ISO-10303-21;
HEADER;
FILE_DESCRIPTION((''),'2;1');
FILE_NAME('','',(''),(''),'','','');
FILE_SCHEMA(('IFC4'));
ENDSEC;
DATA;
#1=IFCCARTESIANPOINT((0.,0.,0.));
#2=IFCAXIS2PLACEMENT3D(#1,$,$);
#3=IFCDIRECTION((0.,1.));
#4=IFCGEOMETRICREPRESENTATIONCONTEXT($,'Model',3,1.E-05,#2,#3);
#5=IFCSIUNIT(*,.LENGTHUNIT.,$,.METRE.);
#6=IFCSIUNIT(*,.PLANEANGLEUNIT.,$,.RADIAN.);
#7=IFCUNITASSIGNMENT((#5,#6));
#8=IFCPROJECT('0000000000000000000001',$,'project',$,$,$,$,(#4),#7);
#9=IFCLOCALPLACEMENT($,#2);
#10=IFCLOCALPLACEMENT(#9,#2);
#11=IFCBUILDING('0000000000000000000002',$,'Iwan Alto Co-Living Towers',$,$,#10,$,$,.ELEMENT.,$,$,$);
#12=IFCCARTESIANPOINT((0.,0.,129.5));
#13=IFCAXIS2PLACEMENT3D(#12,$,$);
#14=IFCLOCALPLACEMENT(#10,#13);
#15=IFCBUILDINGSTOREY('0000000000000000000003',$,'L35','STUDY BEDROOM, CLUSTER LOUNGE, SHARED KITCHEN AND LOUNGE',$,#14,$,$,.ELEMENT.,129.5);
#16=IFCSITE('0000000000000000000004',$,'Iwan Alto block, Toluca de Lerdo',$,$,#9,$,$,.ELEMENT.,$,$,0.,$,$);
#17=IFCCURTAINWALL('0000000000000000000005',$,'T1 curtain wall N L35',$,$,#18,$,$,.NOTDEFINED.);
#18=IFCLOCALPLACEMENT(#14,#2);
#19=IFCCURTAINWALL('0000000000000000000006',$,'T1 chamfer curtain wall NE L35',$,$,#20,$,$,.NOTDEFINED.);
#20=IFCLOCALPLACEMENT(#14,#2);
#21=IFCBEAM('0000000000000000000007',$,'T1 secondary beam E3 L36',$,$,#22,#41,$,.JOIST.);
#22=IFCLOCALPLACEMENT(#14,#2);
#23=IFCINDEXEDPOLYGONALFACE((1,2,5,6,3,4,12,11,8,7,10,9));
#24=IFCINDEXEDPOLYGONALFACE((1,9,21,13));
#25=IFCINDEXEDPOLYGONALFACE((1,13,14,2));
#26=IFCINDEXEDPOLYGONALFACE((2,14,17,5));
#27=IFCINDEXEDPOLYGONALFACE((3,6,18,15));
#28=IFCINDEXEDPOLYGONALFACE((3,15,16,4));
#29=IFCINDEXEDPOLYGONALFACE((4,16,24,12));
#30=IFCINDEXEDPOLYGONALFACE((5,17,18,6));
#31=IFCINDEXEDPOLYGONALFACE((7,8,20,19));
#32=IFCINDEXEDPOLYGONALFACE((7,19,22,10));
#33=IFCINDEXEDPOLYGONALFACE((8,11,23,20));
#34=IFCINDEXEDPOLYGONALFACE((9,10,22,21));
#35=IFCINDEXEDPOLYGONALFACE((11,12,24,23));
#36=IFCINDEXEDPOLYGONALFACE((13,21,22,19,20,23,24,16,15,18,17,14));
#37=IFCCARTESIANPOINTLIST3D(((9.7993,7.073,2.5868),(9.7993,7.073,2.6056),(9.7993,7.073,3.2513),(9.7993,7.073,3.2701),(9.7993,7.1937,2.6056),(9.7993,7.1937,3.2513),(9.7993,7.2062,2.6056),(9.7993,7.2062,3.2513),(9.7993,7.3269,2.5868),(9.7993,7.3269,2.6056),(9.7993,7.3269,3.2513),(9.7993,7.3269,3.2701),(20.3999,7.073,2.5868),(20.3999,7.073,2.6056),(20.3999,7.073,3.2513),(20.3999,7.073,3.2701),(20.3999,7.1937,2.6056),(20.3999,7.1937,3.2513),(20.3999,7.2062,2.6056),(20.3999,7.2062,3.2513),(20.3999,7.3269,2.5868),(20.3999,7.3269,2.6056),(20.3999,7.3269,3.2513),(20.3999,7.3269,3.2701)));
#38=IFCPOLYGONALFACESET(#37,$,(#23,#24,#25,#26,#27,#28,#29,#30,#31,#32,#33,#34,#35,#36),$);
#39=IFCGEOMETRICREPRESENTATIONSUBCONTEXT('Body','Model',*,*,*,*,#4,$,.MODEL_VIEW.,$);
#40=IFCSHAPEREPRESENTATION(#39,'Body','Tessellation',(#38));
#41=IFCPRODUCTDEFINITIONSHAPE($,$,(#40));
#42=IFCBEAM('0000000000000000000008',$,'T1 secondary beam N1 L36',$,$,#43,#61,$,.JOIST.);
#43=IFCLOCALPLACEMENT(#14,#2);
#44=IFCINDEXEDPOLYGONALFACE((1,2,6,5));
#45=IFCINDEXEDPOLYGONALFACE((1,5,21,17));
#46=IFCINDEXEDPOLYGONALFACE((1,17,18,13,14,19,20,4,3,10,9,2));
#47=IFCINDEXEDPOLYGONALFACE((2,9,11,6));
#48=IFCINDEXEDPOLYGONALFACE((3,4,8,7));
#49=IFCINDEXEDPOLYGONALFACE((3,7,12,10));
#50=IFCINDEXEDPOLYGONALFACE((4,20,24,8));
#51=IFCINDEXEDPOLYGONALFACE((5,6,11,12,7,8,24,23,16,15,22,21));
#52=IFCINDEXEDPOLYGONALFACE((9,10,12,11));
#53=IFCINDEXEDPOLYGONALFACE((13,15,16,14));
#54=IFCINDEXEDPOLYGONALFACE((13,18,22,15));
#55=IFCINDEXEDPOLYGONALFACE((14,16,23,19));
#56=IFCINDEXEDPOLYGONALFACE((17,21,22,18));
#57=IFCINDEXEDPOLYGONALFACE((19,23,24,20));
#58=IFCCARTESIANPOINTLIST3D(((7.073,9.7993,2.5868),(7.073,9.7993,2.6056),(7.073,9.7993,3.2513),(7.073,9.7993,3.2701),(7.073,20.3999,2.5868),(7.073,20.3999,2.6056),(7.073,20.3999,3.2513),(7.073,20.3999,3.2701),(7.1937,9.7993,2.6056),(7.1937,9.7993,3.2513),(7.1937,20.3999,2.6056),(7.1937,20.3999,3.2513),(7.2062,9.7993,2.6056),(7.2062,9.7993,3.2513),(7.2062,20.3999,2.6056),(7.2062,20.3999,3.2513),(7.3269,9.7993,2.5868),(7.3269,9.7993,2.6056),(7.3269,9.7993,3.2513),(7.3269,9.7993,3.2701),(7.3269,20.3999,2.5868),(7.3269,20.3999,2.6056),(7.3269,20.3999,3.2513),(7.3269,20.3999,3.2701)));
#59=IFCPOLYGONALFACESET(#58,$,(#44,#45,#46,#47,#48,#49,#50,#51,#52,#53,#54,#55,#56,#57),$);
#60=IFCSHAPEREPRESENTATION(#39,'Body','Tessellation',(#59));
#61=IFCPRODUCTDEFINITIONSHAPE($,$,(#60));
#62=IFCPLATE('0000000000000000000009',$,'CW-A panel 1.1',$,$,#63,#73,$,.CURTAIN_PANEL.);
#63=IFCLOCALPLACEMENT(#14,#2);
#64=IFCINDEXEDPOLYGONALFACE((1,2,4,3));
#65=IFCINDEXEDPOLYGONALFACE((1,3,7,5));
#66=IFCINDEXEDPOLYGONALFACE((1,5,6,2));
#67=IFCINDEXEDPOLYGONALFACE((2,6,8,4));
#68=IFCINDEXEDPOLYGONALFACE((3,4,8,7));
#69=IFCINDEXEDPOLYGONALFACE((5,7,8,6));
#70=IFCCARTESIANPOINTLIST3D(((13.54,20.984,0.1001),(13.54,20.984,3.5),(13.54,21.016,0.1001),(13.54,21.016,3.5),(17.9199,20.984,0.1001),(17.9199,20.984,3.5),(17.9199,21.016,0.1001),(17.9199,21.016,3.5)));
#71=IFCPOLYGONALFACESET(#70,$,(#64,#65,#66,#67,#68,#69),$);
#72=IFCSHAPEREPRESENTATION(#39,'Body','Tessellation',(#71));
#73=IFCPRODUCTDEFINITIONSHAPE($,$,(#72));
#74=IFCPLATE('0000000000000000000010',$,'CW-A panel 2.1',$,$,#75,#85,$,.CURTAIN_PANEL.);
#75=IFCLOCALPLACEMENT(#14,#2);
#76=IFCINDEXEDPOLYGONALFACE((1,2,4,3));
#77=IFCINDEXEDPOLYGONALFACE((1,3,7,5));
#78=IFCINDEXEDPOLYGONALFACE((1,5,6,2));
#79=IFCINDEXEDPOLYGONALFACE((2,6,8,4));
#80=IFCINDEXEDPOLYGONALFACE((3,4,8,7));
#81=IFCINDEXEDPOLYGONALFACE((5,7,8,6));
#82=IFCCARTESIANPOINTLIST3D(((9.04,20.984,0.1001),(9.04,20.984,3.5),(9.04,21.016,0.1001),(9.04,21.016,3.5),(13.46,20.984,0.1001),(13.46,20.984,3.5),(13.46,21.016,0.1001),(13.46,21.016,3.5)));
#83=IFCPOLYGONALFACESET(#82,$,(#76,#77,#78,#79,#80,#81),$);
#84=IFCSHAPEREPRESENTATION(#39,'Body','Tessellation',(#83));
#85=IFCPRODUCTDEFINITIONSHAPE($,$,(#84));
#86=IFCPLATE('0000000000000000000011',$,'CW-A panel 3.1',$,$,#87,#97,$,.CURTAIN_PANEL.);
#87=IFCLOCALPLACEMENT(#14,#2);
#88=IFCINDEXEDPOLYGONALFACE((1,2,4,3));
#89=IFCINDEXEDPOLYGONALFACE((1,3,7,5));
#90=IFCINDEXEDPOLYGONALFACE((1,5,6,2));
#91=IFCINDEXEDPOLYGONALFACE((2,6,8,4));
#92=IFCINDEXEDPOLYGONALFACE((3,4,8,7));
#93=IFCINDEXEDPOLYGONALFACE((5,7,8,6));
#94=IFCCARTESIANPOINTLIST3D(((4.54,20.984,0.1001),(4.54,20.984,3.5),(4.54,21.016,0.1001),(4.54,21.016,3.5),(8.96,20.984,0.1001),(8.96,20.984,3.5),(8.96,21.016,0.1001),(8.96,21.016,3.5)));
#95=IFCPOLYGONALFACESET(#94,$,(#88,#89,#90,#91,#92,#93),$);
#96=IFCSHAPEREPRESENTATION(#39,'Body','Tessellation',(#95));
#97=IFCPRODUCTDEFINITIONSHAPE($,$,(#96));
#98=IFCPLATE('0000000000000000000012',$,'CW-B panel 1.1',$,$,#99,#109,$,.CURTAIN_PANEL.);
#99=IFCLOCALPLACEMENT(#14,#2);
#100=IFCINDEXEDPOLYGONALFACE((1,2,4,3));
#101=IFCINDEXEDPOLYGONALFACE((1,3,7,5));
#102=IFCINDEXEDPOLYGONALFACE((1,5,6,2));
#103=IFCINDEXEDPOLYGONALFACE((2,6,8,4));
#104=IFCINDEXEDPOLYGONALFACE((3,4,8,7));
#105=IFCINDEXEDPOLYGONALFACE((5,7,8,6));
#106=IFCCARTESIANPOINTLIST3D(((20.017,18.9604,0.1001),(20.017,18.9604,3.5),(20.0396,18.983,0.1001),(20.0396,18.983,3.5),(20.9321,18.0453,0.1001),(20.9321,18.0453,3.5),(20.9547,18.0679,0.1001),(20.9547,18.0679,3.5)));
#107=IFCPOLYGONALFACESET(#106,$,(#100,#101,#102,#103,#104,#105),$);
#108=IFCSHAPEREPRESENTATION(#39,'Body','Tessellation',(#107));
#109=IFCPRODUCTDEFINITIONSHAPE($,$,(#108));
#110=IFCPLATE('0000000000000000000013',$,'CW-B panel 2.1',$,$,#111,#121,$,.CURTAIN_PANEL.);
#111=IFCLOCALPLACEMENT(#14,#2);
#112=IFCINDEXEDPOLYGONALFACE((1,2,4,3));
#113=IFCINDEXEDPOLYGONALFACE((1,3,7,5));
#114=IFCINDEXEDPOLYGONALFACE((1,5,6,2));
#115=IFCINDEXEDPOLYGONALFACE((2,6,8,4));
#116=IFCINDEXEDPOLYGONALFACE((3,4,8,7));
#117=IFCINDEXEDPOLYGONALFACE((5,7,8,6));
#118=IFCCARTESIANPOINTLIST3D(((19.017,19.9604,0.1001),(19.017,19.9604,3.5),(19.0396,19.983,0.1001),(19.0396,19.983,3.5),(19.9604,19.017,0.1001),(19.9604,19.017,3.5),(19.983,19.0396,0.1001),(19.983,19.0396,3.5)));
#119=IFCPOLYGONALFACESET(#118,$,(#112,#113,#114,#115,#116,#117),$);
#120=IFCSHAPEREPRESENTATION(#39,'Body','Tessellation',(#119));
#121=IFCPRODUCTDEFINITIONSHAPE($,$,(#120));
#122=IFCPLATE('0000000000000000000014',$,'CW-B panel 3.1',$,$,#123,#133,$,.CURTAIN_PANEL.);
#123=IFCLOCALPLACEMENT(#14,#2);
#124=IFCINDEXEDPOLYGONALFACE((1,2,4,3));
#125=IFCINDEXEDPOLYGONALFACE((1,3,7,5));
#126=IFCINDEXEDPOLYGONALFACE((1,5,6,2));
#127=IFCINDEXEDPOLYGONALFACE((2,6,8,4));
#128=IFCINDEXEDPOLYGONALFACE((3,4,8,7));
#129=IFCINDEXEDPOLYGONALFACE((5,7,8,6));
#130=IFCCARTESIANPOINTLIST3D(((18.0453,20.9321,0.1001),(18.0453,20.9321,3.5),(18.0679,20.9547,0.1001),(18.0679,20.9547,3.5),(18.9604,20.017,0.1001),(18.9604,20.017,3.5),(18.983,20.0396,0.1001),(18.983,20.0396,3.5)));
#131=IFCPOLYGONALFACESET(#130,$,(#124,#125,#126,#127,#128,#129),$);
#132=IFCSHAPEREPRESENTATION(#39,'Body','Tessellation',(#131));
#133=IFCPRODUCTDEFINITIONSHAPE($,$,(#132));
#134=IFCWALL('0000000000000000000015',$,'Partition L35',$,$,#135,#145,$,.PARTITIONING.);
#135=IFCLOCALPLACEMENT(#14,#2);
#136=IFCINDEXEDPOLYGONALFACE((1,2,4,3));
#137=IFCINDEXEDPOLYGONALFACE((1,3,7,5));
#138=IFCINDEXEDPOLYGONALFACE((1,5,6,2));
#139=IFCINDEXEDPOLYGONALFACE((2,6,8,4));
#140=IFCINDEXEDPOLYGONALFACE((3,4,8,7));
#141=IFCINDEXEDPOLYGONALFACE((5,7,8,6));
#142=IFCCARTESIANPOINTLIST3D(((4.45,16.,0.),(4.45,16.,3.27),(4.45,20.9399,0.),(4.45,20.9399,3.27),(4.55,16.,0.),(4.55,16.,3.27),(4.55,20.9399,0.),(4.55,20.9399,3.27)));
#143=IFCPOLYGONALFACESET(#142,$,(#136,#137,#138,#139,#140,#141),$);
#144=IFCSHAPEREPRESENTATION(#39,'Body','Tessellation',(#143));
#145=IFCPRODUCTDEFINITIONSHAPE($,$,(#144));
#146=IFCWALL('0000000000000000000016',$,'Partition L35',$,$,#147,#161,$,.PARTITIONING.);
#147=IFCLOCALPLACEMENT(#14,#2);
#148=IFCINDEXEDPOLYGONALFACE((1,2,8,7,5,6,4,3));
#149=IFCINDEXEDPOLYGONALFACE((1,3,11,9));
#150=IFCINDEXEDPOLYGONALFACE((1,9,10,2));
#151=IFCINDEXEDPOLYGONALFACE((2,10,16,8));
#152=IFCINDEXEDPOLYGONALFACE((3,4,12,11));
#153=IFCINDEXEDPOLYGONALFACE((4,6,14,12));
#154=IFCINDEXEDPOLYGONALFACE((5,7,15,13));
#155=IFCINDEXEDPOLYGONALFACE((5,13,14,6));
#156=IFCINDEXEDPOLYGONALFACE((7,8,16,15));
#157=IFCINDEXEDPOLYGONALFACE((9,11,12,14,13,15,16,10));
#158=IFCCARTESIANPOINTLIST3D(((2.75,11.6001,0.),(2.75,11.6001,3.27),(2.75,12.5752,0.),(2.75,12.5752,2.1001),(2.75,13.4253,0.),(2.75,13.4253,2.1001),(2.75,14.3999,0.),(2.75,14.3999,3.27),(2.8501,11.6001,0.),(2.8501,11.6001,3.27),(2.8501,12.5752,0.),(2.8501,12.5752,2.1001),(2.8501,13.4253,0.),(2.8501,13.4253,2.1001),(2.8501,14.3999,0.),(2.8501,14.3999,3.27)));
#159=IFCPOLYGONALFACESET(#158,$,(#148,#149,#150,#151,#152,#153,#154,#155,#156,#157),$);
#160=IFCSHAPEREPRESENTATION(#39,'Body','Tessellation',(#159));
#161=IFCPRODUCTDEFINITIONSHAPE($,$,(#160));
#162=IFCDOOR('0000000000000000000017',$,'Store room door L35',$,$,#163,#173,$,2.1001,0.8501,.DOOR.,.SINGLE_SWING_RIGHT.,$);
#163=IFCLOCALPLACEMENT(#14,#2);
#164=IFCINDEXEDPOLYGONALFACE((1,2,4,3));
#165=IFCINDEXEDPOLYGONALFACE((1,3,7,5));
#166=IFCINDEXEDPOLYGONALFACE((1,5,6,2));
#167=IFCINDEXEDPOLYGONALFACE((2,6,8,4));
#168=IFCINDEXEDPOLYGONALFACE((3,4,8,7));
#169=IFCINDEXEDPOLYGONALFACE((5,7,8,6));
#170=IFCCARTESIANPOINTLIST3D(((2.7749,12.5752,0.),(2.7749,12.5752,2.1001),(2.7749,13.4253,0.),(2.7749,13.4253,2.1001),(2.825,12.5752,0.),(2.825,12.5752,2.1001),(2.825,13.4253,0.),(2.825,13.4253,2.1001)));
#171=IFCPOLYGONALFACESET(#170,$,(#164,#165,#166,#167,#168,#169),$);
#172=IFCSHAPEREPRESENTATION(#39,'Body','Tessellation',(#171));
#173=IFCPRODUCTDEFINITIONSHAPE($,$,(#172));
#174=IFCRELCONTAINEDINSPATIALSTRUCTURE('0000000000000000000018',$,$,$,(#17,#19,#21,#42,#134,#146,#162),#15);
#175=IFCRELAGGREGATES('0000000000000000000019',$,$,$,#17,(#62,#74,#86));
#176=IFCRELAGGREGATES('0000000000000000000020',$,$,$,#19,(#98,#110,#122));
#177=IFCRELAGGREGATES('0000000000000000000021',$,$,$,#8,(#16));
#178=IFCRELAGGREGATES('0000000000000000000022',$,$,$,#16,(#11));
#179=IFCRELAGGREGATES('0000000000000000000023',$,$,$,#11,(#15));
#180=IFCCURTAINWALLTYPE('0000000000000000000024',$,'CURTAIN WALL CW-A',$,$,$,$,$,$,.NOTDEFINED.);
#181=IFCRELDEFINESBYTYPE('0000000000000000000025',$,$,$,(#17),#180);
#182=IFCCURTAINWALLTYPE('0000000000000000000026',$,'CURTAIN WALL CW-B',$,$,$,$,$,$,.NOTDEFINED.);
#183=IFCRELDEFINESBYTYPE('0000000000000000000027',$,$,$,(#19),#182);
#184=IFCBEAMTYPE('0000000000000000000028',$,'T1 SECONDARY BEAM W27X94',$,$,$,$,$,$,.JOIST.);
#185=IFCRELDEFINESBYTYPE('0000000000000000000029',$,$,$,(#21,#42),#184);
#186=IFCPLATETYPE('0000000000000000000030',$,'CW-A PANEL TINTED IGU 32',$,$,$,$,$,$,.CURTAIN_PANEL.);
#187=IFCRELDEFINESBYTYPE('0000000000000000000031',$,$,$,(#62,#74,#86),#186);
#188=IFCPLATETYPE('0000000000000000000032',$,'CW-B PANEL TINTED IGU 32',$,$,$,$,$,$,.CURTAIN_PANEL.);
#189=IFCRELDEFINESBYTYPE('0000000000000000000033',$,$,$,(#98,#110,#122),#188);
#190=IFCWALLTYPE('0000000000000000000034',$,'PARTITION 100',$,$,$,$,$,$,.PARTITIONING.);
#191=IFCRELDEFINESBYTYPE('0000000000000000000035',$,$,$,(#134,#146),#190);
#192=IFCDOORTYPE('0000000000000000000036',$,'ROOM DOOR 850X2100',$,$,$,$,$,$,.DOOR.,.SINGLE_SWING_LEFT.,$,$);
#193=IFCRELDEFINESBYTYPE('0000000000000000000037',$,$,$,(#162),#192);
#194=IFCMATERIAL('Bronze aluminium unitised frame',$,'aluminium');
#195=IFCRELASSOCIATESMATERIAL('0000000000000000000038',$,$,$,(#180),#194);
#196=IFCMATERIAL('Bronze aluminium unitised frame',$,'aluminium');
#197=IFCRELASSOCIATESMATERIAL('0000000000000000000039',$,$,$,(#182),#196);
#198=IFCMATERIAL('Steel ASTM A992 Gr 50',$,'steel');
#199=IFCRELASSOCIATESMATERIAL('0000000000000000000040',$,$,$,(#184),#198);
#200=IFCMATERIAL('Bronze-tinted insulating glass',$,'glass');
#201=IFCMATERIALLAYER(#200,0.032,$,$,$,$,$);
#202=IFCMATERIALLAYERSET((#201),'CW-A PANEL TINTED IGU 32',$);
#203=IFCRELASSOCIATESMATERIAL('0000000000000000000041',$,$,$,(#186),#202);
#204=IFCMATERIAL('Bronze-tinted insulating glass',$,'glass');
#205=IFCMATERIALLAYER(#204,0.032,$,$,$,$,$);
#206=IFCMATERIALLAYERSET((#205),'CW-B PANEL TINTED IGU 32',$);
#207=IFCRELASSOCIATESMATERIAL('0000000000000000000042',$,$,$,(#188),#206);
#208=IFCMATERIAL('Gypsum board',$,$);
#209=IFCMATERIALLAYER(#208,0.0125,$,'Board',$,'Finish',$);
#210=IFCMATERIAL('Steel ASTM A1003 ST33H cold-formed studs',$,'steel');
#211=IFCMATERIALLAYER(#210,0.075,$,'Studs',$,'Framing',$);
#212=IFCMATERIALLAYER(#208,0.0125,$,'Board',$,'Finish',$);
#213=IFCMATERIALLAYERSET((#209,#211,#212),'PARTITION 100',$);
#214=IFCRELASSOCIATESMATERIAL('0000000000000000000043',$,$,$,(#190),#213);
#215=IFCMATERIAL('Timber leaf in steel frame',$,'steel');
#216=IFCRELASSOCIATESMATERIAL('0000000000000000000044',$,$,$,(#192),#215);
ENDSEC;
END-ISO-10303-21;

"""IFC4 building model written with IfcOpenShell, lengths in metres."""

from ifc_helpers import new_model, si_unit, direction, frame, frame_2d, origin, origin_2d, place, context, subcontext, project, spatial, rectangle, i_section, extrude, material, layer, layer_set, material_profile, profile_set, type_object, element, fill, aggregate, save


model = new_model("IFC4")

# Units and contexts
model_context = context("Model", 3, precision=1e-05, world=origin(), true_north=direction((0.0, 1.0)))
body_context = subcontext(model_context, "Body", "Model", "MODEL_VIEW")
ifc_project = project(units=[si_unit("LENGTHUNIT", "METRE"), si_unit("PLANEANGLEUNIT", "RADIAN")], contexts=[model_context])

# Site, building, storey
site_placement = place(None, origin())
site = spatial("IfcSite", under=ifc_project, at=site_placement, Name="Iwan Alto block, Toluca de Lerdo", CompositionType="ELEMENT", RefElevation=0.0)
building_placement = place(site_placement, origin())
building = spatial("IfcBuilding", under=site, at=building_placement, Name="Iwan Alto Co-Living Towers", CompositionType="ELEMENT")
storey_placement = place(building_placement, frame((0.0, 0.0, 129.5)))
storey = spatial("IfcBuildingStorey", under=building, at=storey_placement, Name="L35", Description="STUDY BEDROOM, CLUSTER LOUNGE, SHARED KITCHEN AND LOUNGE", CompositionType="ELEMENT", Elevation=129.5)

# Curtain walls
ifc_material_1 = material(Name="Bronze aluminium unitised frame", Category="aluminium")
curtain_wall_type_1 = type_object("IfcCurtainWallType", Name="CURTAIN WALL CW-A", PredefinedType="NOTDEFINED", material=ifc_material_1)
curtain_wall_1_placement = place(storey_placement, origin())
curtain_wall_1 = element("IfcCurtainWall", 1, at=curtain_wall_1_placement, inside=storey, type_object=curtain_wall_type_1, Name="T1 curtain wall N L35", PredefinedType="NOTDEFINED")
ifc_material_2 = material(Name="Bronze aluminium unitised frame", Category="aluminium")
curtain_wall_type_2 = type_object("IfcCurtainWallType", Name="CURTAIN WALL CW-B", PredefinedType="NOTDEFINED", material=ifc_material_2)
curtain_wall_2_placement = place(storey_placement, origin())
curtain_wall_2 = element("IfcCurtainWall", 2, at=curtain_wall_2_placement, inside=storey, type_object=curtain_wall_type_2, Name="T1 chamfer curtain wall NE L35", PredefinedType="NOTDEFINED")

# Beams
ifc_material_3 = material(Name="Steel ASTM A992 Gr 50", Category="steel")
ifc_material_profile_1 = material_profile(ifc_material_3, i_section(OverallWidth=0.2539, OverallDepth=0.6833, WebThickness=0.0125, FlangeThickness=0.0188, at=origin_2d()), Name="W27X94")
ifc_profile_set_1 = profile_set([ifc_material_profile_1], Name="Steel ASTM A992 Gr 50")
beam_type_1 = type_object("IfcBeamType", Name="T1 SECONDARY BEAM W27X94", PredefinedType="JOIST", material=ifc_profile_set_1)
for number, where, z_axis, x_axis, name in (
    (3, (20.3999, 7.2, 2.9285), (-1.0, 0.0, 0.0), (0.0, -1.0, 0.0), "T1 secondary beam E3 L36"),
    (4, (7.2, 20.3999, 2.9285), (0.0, -1.0, 0.0), (1.0, 0.0, 0.0), "T1 secondary beam N1 L36"),
):
    element("IfcBeam", number, at=place(storey_placement, frame(where, z_axis=z_axis, x_axis=x_axis)), inside=storey, type_object=beam_type_1, Name=name, PredefinedType="JOIST", context=body_context, shape_type="SweptSolid", body=[
        extrude(i_section(OverallWidth=0.2539, OverallDepth=0.6833, WebThickness=0.0125, FlangeThickness=0.0188, at=origin_2d()), origin(), (0.0, 0.0, 1.0), 10.6006),
    ])

# Plates
ifc_material_4 = material(Name="Bronze-tinted insulating glass", Category="glass")
ifc_layer_1 = layer(ifc_material_4, 0.032)
ifc_layer_set_1 = layer_set([ifc_layer_1], Name="CW-A PANEL TINTED IGU 32")
plate_type_1 = type_object("IfcPlateType", Name="CW-A PANEL TINTED IGU 32", PredefinedType="CURTAIN_PANEL", material=ifc_layer_set_1)
plate_1_placement = place(storey_placement, frame((15.73, 21.0, 0.1001), z_axis=(0.0, 0.0, 1.0), x_axis=(-1.0, 0.0, 0.0)))
plate_1 = element("IfcPlate", 5, at=plate_1_placement, type_object=plate_type_1, Name="CW-A panel 1.1", PredefinedType="CURTAIN_PANEL", context=body_context, shape_type="SweptSolid", body=[
    extrude(rectangle(XDim=4.3799, YDim=0.032, at=origin_2d()), origin(), (0.0, 0.0, 1.0), 3.3999),
])
plate_2_placement = place(storey_placement, frame((11.25, 21.0, 0.1001), z_axis=(0.0, 0.0, 1.0), x_axis=(-1.0, 0.0, 0.0)))
plate_2 = element("IfcPlate", 6, at=plate_2_placement, type_object=plate_type_1, Name="CW-A panel 2.1", PredefinedType="CURTAIN_PANEL", context=body_context, shape_type="SweptSolid", body=[
    extrude(rectangle(XDim=4.4199, YDim=0.032, at=origin_2d()), origin(), (0.0, 0.0, 1.0), 3.3999),
])
plate_3_placement = place(storey_placement, frame((6.75, 21.0, 0.1001), z_axis=(0.0, 0.0, 1.0), x_axis=(-1.0, 0.0, 0.0)))
plate_3 = element("IfcPlate", 7, at=plate_3_placement, type_object=plate_type_1, Name="CW-A panel 3.1", PredefinedType="CURTAIN_PANEL", context=body_context, shape_type="SweptSolid", body=[
    extrude(rectangle(XDim=4.4199, YDim=0.032, at=origin_2d()), origin(), (0.0, 0.0, 1.0), 3.3999),
])
aggregate(curtain_wall_1, [plate_1, plate_2, plate_3])
ifc_material_5 = material(Name="Bronze-tinted insulating glass", Category="glass")
ifc_layer_2 = layer(ifc_material_5, 0.032)
ifc_layer_set_2 = layer_set([ifc_layer_2], Name="CW-B PANEL TINTED IGU 32")
plate_type_2 = type_object("IfcPlateType", Name="CW-B PANEL TINTED IGU 32", PredefinedType="CURTAIN_PANEL", material=ifc_layer_set_2)
plate_4_placement = place(storey_placement, frame((20.4858, 18.5142, 0.1001), z_axis=(0.0, 0.0, 1.0), x_axis=(-0.707107, 0.707107, 0.0)))
plate_4 = element("IfcPlate", 8, at=plate_4_placement, type_object=plate_type_2, Name="CW-B panel 1.1", PredefinedType="CURTAIN_PANEL", context=body_context, shape_type="SweptSolid", body=[
    extrude(rectangle(XDim=1.2942, YDim=0.032, at=origin_2d()), origin(), (0.0, 0.0, 1.0), 3.3999),
])
plate_5_placement = place(storey_placement, frame((19.5, 19.5, 0.1001), z_axis=(0.0, 0.0, 1.0), x_axis=(-0.707107, 0.707107, 0.0)))
plate_5 = element("IfcPlate", 9, at=plate_5_placement, type_object=plate_type_2, Name="CW-B panel 2.1", PredefinedType="CURTAIN_PANEL", context=body_context, shape_type="SweptSolid", body=[
    extrude(rectangle(XDim=1.3342, YDim=0.032, at=origin_2d()), origin(), (0.0, 0.0, 1.0), 3.3999),
])
plate_6_placement = place(storey_placement, frame((18.5142, 20.4858, 0.1001), z_axis=(0.0, 0.0, 1.0), x_axis=(-0.707107, 0.707107, 0.0)))
plate_6 = element("IfcPlate", 10, at=plate_6_placement, type_object=plate_type_2, Name="CW-B panel 3.1", PredefinedType="CURTAIN_PANEL", context=body_context, shape_type="SweptSolid", body=[
    extrude(rectangle(XDim=1.2942, YDim=0.032, at=origin_2d()), origin(), (0.0, 0.0, 1.0), 3.3999),
])
aggregate(curtain_wall_2, [plate_4, plate_5, plate_6])

# Wall
ifc_material_6 = material(Name="Gypsum board")
ifc_layer_3 = layer(ifc_material_6, 0.0125, Name="Board", Category="Finish")
ifc_material_7 = material(Name="Steel ASTM A1003 ST33H cold-formed studs", Category="steel")
ifc_layer_4 = layer(ifc_material_7, 0.075, Name="Studs", Category="Framing")
ifc_layer_5 = layer(ifc_material_6, 0.0125, Name="Board", Category="Finish")
ifc_layer_set_3 = layer_set([ifc_layer_3, ifc_layer_4, ifc_layer_5], Name="PARTITION 100")
wall_type = type_object("IfcWallType", Name="PARTITION 100", PredefinedType="PARTITIONING", material=ifc_layer_set_3)
wall_1_placement = place(storey_placement, frame((4.5, 16.0, 0.0), z_axis=(0.0, 0.0, 1.0), x_axis=(0.0, 1.0, 0.0)))
element("IfcWall", 11, at=wall_1_placement, inside=storey, type_object=wall_type, Name="Partition L35", PredefinedType="PARTITIONING", context=body_context, shape_type="SweptSolid", body=[
    extrude(rectangle(XDim=4.9399, YDim=0.1001, at=frame_2d((2.47, 0.0))), origin(), (0.0, 0.0, 1.0), 3.27),
])

# Wall, opening, door
wall_2_placement = place(storey_placement, frame((2.8, 11.6001, 0.0), z_axis=(0.0, 0.0, 1.0), x_axis=(0.0, 1.0, 0.0)))
wall_2 = element("IfcWall", 12, at=wall_2_placement, inside=storey, type_object=wall_type, Name="Partition L35", PredefinedType="PARTITIONING", context=body_context, shape_type="SweptSolid", body=[
    extrude(rectangle(XDim=2.7998, YDim=0.1001, at=frame_2d((1.3999, 0.0))), origin(), (0.0, 0.0, 1.0), 3.27),
])
opening_placement = place(wall_2_placement, frame((0.9751, 0.0, 0.0)))
opening = element("IfcOpeningElement", 13, at=opening_placement, cuts=wall_2, PredefinedType="OPENING", context=body_context, shape_type="SweptSolid", body=[
    extrude(rectangle(XDim=0.8501, YDim=2.1001, at=frame_2d((0.425, 1.05))), frame((0.0, 0.0601, 0.0), z_axis=(0.0, -1.0, 0.0), x_axis=(1.0, 0.0, 0.0)), (0.0, 0.0, 1.0), 0.1201),
])
ifc_material_8 = material(Name="Timber leaf in steel frame", Category="steel")
door_type = type_object("IfcDoorType", Name="ROOM DOOR 850X2100", OperationType="SINGLE_SWING_LEFT", PredefinedType="DOOR", material=ifc_material_8)
door_placement = place(opening_placement, frame((0.8501, 0.0, 0.0), z_axis=(0.0, 0.0, 1.0), x_axis=(-1.0, 0.0, 0.0)))
door = element("IfcDoor", 14, at=door_placement, inside=storey, type_object=door_type, Name="Store room door L35", OperationType="SINGLE_SWING_RIGHT", OverallHeight=2.1001, OverallWidth=0.8501, PredefinedType="DOOR", context=body_context, shape_type="SweptSolid", body=[
    extrude(rectangle(XDim=0.8501, YDim=2.1001, at=frame_2d((0.425, 1.05))), frame((0.0, 0.0249, 0.0), z_axis=(0.0, -1.0, 0.0), x_axis=(1.0, 0.0, 0.0)), (0.0, 0.0, 1.0), 0.05),
])
fill(opening, door)

save(model, "model.ifc")
